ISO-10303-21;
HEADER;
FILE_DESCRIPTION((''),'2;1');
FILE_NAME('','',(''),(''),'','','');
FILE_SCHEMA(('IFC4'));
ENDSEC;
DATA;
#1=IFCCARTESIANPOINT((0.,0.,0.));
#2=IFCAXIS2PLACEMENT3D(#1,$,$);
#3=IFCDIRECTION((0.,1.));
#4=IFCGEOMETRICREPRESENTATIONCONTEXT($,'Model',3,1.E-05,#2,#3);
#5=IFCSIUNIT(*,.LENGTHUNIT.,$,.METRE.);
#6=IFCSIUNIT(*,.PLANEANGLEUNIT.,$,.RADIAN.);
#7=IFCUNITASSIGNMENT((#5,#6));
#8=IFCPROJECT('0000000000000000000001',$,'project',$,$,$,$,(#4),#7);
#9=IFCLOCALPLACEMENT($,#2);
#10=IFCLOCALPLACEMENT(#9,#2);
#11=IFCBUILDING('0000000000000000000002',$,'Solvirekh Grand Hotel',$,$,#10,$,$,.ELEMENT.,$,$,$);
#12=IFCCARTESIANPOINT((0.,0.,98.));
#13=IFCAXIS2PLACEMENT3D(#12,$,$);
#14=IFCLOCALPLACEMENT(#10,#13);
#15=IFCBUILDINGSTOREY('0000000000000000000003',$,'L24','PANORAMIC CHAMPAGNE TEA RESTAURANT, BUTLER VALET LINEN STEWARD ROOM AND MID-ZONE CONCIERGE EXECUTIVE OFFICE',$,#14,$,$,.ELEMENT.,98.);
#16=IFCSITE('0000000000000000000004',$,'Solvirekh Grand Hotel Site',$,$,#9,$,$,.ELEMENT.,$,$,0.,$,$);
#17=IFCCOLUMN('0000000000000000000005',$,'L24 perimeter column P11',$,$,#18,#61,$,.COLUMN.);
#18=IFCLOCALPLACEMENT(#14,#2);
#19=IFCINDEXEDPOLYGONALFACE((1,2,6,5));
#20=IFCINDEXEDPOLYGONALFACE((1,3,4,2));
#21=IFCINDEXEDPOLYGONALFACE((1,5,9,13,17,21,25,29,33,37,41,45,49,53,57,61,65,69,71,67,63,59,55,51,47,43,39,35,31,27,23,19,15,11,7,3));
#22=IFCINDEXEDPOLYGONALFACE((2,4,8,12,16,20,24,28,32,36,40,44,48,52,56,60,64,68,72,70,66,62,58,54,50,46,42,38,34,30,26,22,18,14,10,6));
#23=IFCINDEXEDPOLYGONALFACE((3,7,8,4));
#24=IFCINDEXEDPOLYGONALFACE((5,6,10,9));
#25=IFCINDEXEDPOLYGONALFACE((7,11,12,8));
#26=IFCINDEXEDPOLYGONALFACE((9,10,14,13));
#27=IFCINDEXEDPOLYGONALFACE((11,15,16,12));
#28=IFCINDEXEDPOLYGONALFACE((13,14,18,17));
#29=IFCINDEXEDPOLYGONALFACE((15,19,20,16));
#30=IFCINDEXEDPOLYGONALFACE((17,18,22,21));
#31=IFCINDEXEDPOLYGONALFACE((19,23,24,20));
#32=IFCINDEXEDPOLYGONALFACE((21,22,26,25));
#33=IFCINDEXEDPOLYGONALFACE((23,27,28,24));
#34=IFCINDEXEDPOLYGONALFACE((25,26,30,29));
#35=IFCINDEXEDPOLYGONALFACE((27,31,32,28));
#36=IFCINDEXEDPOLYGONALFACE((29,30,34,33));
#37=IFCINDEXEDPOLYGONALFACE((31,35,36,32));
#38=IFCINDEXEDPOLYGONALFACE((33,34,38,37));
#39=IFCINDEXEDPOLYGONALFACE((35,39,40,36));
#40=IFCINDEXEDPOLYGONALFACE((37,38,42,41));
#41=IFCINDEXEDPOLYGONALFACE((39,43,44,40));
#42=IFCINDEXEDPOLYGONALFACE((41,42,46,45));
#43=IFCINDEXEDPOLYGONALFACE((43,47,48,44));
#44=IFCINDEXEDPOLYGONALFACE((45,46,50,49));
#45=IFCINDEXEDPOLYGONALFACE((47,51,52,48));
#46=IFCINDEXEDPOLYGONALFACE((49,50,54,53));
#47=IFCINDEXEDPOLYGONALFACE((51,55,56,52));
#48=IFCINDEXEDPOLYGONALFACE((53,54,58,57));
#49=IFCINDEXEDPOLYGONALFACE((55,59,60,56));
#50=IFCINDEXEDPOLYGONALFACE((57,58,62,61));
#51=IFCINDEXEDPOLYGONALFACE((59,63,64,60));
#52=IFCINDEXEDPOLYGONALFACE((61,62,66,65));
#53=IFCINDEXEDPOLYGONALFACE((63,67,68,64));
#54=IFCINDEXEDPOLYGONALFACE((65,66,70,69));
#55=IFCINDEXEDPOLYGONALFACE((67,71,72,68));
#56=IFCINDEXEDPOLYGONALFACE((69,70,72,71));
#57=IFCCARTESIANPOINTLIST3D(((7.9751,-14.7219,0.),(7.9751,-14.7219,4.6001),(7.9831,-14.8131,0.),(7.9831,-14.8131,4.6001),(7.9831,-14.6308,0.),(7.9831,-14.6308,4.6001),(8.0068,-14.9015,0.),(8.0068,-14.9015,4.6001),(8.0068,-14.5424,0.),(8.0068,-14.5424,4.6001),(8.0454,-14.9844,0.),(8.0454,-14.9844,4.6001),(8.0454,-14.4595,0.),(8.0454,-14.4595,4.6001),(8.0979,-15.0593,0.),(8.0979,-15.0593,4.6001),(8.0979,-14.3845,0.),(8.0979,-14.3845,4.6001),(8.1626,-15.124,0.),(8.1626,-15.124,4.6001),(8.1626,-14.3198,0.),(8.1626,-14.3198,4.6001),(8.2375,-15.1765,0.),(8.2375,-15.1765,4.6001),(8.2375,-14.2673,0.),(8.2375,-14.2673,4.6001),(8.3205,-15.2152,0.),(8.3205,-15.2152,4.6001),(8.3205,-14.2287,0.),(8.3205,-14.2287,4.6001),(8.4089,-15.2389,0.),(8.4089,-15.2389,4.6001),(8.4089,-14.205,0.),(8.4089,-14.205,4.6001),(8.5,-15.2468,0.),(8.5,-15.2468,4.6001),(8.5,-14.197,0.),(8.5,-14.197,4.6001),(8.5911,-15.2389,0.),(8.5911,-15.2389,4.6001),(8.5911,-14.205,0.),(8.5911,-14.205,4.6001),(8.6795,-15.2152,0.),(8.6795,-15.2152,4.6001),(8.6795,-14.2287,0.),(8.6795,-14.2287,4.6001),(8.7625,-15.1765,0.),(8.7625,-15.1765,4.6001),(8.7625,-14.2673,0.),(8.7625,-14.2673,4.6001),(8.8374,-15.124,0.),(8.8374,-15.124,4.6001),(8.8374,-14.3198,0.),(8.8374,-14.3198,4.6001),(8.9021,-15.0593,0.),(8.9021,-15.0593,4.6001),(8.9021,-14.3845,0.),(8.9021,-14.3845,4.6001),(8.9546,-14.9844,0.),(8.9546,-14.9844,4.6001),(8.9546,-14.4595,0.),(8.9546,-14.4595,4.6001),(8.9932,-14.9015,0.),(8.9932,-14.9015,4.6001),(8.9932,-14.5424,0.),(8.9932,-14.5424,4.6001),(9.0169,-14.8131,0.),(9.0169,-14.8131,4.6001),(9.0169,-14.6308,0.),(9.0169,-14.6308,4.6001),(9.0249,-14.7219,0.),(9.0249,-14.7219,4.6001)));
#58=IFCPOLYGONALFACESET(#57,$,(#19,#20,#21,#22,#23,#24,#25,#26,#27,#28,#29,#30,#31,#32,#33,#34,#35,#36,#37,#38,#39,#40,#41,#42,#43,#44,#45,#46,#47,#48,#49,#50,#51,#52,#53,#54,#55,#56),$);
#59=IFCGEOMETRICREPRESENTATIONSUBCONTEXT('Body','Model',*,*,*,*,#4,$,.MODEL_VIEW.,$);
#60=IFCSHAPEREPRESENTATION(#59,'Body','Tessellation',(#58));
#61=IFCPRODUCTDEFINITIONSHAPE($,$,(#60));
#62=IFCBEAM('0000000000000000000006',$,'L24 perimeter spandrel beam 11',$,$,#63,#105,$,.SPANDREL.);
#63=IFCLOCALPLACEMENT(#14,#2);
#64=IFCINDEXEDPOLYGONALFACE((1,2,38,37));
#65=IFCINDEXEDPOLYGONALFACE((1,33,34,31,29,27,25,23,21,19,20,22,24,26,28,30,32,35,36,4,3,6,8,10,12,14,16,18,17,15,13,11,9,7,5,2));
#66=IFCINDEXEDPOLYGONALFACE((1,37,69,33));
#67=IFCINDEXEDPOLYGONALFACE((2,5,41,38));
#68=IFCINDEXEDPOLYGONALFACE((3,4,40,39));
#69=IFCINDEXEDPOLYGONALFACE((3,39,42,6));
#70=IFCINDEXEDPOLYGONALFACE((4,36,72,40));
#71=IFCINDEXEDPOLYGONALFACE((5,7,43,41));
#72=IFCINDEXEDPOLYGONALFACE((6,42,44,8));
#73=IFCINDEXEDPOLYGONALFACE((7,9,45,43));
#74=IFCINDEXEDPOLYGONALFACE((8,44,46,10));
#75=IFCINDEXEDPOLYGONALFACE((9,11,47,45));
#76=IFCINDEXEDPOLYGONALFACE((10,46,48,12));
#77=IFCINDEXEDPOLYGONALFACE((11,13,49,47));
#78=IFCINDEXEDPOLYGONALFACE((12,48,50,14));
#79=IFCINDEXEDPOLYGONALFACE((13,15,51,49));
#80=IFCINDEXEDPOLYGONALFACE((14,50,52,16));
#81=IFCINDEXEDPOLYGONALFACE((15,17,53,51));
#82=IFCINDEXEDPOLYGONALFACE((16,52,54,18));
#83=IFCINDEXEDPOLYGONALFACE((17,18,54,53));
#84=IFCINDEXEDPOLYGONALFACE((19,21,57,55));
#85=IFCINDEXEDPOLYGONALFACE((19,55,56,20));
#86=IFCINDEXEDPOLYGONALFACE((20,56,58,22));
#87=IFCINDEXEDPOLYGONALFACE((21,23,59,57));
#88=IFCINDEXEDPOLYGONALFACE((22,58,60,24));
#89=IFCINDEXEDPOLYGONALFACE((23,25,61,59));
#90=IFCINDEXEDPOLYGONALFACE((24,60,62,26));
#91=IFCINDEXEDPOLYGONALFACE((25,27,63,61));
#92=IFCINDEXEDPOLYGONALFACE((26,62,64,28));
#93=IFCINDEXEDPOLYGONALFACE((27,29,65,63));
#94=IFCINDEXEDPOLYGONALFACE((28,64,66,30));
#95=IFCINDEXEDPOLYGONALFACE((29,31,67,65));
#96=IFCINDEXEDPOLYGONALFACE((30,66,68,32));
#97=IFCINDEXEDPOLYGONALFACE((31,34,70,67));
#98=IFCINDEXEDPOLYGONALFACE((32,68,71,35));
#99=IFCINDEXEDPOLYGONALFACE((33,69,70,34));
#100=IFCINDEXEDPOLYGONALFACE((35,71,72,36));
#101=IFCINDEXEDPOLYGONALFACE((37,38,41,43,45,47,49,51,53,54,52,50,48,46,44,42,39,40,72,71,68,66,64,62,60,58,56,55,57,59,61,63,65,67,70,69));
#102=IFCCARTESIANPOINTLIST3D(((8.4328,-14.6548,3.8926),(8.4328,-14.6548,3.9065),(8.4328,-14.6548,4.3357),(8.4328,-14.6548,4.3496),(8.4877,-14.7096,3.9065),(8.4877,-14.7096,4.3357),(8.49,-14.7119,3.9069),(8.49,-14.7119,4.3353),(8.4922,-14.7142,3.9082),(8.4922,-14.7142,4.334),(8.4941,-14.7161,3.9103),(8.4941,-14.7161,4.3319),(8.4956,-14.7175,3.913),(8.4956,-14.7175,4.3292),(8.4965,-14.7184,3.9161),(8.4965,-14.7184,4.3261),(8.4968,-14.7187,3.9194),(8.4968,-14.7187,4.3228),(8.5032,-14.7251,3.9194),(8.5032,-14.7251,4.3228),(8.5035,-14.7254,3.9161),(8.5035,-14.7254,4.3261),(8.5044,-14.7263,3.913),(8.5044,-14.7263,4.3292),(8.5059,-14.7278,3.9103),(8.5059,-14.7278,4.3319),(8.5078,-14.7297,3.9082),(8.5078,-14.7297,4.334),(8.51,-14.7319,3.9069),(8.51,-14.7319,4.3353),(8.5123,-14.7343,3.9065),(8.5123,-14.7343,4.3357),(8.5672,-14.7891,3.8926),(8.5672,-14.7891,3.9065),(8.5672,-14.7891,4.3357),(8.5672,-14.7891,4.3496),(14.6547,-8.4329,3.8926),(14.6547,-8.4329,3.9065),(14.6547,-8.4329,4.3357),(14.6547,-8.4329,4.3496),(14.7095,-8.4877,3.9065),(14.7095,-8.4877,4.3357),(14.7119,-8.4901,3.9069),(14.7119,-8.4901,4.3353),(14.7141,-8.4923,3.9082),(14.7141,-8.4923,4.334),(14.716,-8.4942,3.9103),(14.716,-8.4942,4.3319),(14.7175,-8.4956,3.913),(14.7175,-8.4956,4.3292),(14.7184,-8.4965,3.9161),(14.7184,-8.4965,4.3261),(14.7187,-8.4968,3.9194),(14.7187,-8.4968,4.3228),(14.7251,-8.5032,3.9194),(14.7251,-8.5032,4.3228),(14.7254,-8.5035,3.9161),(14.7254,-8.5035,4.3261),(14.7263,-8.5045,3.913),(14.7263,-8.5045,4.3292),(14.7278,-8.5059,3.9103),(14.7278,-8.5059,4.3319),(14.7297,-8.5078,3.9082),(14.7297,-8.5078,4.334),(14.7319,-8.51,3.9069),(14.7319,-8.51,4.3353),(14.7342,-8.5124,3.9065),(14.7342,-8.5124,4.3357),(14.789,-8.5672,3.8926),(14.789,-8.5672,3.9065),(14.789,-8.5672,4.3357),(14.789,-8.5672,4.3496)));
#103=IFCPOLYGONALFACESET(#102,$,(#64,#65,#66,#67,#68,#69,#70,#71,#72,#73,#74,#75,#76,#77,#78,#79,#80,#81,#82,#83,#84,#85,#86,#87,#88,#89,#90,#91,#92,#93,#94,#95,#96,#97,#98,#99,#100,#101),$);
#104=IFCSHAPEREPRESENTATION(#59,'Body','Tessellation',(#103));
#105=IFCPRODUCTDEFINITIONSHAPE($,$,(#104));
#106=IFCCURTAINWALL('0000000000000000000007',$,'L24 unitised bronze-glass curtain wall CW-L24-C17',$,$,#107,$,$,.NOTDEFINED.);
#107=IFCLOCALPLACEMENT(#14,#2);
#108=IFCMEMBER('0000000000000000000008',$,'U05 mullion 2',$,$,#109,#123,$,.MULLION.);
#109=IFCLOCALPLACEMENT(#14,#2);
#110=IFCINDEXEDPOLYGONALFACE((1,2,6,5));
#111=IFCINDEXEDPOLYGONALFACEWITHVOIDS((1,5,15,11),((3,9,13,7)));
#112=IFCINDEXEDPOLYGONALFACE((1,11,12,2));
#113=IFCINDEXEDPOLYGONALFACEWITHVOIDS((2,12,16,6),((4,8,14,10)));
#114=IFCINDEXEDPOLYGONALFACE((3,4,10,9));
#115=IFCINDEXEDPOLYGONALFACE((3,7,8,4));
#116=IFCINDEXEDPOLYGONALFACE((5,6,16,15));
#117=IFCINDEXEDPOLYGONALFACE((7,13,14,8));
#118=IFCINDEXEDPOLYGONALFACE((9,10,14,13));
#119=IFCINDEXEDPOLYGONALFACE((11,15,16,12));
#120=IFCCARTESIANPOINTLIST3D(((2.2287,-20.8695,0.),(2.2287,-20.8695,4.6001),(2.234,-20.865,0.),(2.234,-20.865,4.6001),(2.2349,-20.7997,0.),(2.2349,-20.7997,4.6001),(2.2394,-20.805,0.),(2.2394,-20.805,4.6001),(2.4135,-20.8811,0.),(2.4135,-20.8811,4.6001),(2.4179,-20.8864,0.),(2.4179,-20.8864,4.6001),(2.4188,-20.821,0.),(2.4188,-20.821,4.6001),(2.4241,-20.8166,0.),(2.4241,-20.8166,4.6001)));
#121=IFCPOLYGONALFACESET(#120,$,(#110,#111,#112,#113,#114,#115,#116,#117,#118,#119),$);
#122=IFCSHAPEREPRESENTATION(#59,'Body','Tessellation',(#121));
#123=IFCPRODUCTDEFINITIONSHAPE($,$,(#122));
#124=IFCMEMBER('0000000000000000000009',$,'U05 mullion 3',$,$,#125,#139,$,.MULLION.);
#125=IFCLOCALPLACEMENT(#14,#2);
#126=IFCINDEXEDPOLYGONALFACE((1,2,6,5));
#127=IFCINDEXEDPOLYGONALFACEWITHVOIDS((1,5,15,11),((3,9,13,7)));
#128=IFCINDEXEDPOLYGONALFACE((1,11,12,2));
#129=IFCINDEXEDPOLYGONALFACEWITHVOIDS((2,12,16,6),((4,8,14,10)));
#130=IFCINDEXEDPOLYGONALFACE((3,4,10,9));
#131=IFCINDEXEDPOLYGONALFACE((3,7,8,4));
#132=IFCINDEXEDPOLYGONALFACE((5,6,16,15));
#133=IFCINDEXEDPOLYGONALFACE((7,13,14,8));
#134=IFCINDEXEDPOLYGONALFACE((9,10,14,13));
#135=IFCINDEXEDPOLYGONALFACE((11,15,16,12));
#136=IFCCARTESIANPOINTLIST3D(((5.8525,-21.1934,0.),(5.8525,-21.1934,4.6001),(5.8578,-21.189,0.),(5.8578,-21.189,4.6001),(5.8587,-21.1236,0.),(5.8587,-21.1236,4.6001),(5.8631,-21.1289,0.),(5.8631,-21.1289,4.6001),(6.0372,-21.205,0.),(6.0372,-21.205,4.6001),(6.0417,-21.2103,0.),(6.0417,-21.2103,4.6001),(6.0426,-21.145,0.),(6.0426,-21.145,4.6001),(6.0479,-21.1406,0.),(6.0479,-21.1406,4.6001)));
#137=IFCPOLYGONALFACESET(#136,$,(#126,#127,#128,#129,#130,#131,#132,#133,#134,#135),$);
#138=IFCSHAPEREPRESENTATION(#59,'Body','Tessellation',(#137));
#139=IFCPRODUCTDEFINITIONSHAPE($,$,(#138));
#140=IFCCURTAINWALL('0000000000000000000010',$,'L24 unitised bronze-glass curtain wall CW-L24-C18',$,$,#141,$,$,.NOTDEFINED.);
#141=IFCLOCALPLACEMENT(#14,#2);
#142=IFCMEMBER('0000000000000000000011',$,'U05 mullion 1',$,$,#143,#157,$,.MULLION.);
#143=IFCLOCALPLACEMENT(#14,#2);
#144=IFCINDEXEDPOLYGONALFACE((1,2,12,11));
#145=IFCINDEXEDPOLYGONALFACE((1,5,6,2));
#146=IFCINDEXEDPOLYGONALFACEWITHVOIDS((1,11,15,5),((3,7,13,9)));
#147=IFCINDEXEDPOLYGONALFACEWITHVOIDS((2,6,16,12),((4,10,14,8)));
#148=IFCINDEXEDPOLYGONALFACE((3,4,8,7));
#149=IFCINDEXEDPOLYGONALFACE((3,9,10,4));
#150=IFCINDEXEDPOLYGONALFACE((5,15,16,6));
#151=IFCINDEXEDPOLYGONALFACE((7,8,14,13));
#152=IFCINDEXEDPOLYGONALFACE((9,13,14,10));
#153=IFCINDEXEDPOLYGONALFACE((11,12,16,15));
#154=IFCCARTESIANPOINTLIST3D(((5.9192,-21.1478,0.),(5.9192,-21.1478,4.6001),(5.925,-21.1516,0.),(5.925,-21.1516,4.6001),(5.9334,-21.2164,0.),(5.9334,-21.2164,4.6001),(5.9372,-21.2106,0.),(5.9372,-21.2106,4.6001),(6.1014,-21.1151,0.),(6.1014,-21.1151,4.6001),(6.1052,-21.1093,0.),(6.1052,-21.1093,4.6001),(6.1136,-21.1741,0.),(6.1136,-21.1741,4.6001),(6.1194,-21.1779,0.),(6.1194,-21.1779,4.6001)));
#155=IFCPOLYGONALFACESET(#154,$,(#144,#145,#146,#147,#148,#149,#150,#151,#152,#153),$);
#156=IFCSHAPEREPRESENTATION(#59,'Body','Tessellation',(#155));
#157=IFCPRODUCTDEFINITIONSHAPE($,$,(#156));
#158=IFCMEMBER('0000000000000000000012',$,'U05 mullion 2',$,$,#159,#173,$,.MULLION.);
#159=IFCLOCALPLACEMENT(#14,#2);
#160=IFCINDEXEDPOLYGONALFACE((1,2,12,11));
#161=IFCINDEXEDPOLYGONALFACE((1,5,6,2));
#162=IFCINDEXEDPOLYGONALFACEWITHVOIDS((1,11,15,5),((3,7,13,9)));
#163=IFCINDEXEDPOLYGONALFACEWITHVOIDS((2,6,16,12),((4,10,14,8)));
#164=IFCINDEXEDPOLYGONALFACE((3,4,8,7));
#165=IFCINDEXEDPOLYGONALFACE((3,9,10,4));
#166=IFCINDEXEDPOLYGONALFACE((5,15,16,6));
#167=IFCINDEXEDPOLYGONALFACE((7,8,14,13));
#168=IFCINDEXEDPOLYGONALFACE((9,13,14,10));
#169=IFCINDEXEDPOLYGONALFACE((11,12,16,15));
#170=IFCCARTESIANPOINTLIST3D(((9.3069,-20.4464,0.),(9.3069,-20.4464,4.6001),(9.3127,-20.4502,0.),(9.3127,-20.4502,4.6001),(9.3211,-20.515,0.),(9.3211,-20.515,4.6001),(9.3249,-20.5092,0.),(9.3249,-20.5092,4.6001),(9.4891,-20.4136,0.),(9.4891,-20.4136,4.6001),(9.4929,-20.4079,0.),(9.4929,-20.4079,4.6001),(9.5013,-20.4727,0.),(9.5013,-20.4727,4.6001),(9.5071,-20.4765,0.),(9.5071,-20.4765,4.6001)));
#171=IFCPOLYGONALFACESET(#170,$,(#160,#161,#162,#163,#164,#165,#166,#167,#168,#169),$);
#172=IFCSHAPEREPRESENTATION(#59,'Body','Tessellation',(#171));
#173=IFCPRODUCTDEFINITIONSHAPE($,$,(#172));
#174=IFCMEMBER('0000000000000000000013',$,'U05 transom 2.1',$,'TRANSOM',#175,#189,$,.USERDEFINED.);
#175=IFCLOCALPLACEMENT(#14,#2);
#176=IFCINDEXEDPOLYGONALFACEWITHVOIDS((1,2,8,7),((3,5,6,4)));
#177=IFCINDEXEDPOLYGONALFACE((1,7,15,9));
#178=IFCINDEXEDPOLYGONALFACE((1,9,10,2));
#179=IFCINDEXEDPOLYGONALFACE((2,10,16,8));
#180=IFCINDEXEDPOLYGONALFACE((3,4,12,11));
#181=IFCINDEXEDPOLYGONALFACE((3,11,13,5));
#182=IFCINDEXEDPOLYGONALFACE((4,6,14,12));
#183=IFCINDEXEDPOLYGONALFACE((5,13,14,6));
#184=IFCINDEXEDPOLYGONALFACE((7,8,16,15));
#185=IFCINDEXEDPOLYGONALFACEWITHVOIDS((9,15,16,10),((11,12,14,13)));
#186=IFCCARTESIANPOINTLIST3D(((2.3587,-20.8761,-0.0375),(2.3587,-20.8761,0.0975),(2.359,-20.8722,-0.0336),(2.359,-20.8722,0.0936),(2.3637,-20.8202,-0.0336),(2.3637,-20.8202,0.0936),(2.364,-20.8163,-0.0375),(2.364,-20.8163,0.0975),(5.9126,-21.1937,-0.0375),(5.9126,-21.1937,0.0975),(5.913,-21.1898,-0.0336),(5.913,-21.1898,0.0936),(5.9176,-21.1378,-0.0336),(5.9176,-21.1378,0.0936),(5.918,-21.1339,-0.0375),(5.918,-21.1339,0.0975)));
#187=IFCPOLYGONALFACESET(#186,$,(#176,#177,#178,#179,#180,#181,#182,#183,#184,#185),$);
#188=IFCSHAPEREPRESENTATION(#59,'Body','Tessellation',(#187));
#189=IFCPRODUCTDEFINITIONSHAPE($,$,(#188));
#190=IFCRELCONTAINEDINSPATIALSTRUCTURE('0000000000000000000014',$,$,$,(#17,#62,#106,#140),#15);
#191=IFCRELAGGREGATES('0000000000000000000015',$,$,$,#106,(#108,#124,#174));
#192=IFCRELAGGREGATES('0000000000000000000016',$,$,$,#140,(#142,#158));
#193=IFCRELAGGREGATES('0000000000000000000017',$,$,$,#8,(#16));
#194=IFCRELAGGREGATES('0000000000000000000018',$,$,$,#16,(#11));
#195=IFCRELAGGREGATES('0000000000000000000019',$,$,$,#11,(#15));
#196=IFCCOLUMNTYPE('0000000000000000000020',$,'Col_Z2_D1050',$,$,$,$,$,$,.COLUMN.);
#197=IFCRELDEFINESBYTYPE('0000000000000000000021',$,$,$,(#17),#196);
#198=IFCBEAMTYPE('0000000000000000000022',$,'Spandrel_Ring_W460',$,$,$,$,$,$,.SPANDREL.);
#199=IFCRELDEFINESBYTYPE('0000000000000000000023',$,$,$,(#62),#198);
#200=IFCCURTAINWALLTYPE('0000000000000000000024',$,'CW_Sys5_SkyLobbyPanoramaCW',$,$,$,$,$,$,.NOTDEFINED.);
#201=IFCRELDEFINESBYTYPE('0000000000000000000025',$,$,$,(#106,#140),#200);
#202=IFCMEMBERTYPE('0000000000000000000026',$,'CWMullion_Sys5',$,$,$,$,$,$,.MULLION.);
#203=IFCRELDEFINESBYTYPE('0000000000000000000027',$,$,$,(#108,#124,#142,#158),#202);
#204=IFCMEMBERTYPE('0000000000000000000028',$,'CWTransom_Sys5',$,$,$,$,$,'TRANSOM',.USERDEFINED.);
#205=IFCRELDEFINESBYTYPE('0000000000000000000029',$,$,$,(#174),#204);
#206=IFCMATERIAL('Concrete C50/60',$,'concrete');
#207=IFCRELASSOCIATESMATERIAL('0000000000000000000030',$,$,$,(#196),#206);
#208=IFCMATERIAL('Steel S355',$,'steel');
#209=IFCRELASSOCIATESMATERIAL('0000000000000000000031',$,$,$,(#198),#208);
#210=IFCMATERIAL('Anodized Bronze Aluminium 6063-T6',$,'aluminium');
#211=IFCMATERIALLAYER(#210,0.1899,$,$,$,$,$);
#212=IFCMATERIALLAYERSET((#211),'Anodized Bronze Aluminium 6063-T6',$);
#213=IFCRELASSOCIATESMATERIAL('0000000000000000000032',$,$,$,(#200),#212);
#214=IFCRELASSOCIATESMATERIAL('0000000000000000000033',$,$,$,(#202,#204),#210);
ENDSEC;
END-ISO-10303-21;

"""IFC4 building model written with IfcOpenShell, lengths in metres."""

from ifc_helpers import new_model, si_unit, direction, frame, origin, origin_2d, place, context, subcontext, project, spatial, hollow_rectangle, circle, i_section, extrude, source, transform, mapped, material, layer, layer_set, material_profile, profile_set, type_object, element, aggregate, save


model = new_model("IFC4")

# Units and contexts
model_context = context("Model", 3, precision=1e-05, world=origin(), true_north=direction((0.0, 1.0)))
body_context = subcontext(model_context, "Body", "Model", "MODEL_VIEW")
ifc_project = project(units=[si_unit("LENGTHUNIT", "METRE"), si_unit("PLANEANGLEUNIT", "RADIAN")], contexts=[model_context])

# Site, building, storey
site_placement = place(None, origin())
site = spatial("IfcSite", under=ifc_project, at=site_placement, Name="Solvirekh Grand Hotel Site", CompositionType="ELEMENT", RefElevation=0.0)
building_placement = place(site_placement, origin())
building = spatial("IfcBuilding", under=site, at=building_placement, Name="Solvirekh Grand Hotel", CompositionType="ELEMENT")
storey_placement = place(building_placement, frame((0.0, 0.0, 98.0)))
storey = spatial("IfcBuildingStorey", under=building, at=storey_placement, Name="L24", Description="PANORAMIC CHAMPAGNE TEA RESTAURANT, BUTLER VALET LINEN STEWARD ROOM AND MID-ZONE CONCIERGE EXECUTIVE OFFICE", CompositionType="ELEMENT", Elevation=98.0)

# Column
ifc_material_1 = material(Name="Concrete C50/60", Category="concrete")
ifc_material_profile_1 = material_profile(ifc_material_1, circle(Radius=0.5249, at=origin_2d()), Name="RC CIRC D1050")
ifc_profile_set_1 = profile_set([ifc_material_profile_1], Name="Concrete C50/60")
column_type = type_object("IfcColumnType", Name="Col_Z2_D1050", PredefinedType="COLUMN", material=ifc_profile_set_1)
column_placement = place(storey_placement, frame((8.5, -14.7219, 0.0), z_axis=(0.0, 0.0, 1.0), x_axis=(1.0, 0.0, 0.0)))
element("IfcColumn", 1, at=column_placement, inside=storey, type_object=column_type, Name="L24 perimeter column P11", PredefinedType="COLUMN", context=body_context, shape_type="SweptSolid", body=[
    extrude(circle(Radius=0.5249, at=origin_2d()), origin(), (0.0, 0.0, 1.0), 4.6001),
])

# Beam
ifc_material_2 = material(Name="Steel S355", Category="steel")
ifc_material_profile_2 = material_profile(ifc_material_2, i_section(OverallWidth=0.1899, OverallDepth=0.457, WebThickness=0.009, FlangeThickness=0.0139, FilletRadius=0.0129, at=origin_2d()), Name="W460X74")
ifc_profile_set_2 = profile_set([ifc_material_profile_2], Name="Steel S355")
beam_type = type_object("IfcBeamType", Name="Spandrel_Ring_W460", PredefinedType="SPANDREL", material=ifc_profile_set_2)
beam_placement = place(storey_placement, frame((8.5, -14.7219, 4.1211), z_axis=(0.707107, 0.707107, 0.0), x_axis=(-0.707107, 0.707107, 0.0)))
element("IfcBeam", 2, at=beam_placement, inside=storey, type_object=beam_type, Name="L24 perimeter spandrel beam 11", PredefinedType="SPANDREL", context=body_context, shape_type="SweptSolid", body=[
    extrude(i_section(OverallWidth=0.1899, OverallDepth=0.457, WebThickness=0.009, FlangeThickness=0.0139, FilletRadius=0.0129, at=origin_2d()), origin(), (0.0, 0.0, 1.0), 8.7991),
])

# Curtain walls, members
ifc_material_3 = material(Name="Anodized Bronze Aluminium 6063-T6", Category="aluminium")
ifc_layer_1 = layer(ifc_material_3, 0.1899)
ifc_layer_set_1 = layer_set([ifc_layer_1], Name="Anodized Bronze Aluminium 6063-T6")
curtain_wall_type = type_object("IfcCurtainWallType", Name="CW_Sys5_SkyLobbyPanoramaCW", PredefinedType="NOTDEFINED", material=ifc_layer_set_1)
curtain_wall_1_placement = place(storey_placement, origin())
curtain_wall_1 = element("IfcCurtainWall", 3, at=curtain_wall_1_placement, inside=storey, type_object=curtain_wall_type, Name="L24 unitised bronze-glass curtain wall CW-L24-C17", PredefinedType="NOTDEFINED")
ifc_material_profile_3 = material_profile(ifc_material_3, hollow_rectangle(XDim=0.0701, YDim=0.1899, WallThickness=0.0049, at=origin_2d()), Name="ALU RHS 190X70X5")
ifc_profile_set_3 = profile_set([ifc_material_profile_3], Name="Anodized Bronze Aluminium 6063-T6")
member_type_1 = type_object("IfcMemberType", Name="CWMullion_Sys5", PredefinedType="MULLION", material=ifc_profile_set_3)
shared_shape_1 = source(origin(), body_context, "Body", "SweptSolid", [
    extrude(hollow_rectangle(XDim=0.0701, YDim=0.1899, WallThickness=0.0049, at=origin_2d()), origin(), (0.0, 0.0, 1.0), 4.6001),
])
member_1_placement = place(storey_placement, frame((2.3264, -20.843, 0.0), z_axis=(0.0, 0.0, 1.0), x_axis=(0.089026, 0.996029, 0.0)))
member_1 = element("IfcMember", 4, at=member_1_placement, type_object=member_type_1, Name="U05 mullion 2", PredefinedType="MULLION", context=body_context, shape_type="MappedRepresentation", body=[
    mapped(shared_shape_1, transform((0.0, 0.0, 0.0), x_axis=(1.0, 0.0, 0.0), y_axis=(0.0, 1.0, 0.0), z_axis=(0.0, 0.0, 1.0), scale=1.0)),
])
member_2_placement = place(storey_placement, frame((5.9502, -21.167, 0.0), z_axis=(0.0, 0.0, 1.0), x_axis=(0.089026, 0.996029, 0.0)))
member_2 = element("IfcMember", 5, at=member_2_placement, type_object=member_type_1, Name="U05 mullion 3", PredefinedType="MULLION", context=body_context, shape_type="MappedRepresentation", body=[
    mapped(shared_shape_1, transform((0.0, 0.0, 0.0), x_axis=(1.0, 0.0, 0.0), y_axis=(0.0, 1.0, 0.0), z_axis=(0.0, 0.0, 1.0), scale=1.0)),
])
curtain_wall_2_placement = place(storey_placement, origin())
curtain_wall_2 = element("IfcCurtainWall", 6, at=curtain_wall_2_placement, inside=storey, type_object=curtain_wall_type, Name="L24 unitised bronze-glass curtain wall CW-L24-C18", PredefinedType="NOTDEFINED")
member_3_placement = place(storey_placement, frame((6.0193, -21.1628, 0.0), z_axis=(0.0, 0.0, 1.0), x_axis=(-0.202743, 0.979232, 0.0)))
member_3 = element("IfcMember", 7, at=member_3_placement, type_object=member_type_1, Name="U05 mullion 1", PredefinedType="MULLION", context=body_context, shape_type="MappedRepresentation", body=[
    mapped(shared_shape_1, transform((0.0, 0.0, 0.0), x_axis=(1.0, 0.0, 0.0), y_axis=(0.0, 1.0, 0.0), z_axis=(0.0, 0.0, 1.0), scale=1.0)),
])
member_4_placement = place(storey_placement, frame((9.407, -20.4614, 0.0), z_axis=(0.0, 0.0, 1.0), x_axis=(-0.202743, 0.979232, 0.0)))
member_4 = element("IfcMember", 8, at=member_4_placement, type_object=member_type_1, Name="U05 mullion 2", PredefinedType="MULLION", context=body_context, shape_type="MappedRepresentation", body=[
    mapped(shared_shape_1, transform((0.0, 0.0, 0.0), x_axis=(1.0, 0.0, 0.0), y_axis=(0.0, 1.0, 0.0), z_axis=(0.0, 0.0, 1.0), scale=1.0)),
])

# Member
ifc_material_profile_4 = material_profile(ifc_material_3, hollow_rectangle(XDim=0.0601, YDim=0.135, WallThickness=0.0039, at=origin_2d()), Name="ALU RHS 135X60X4")
ifc_profile_set_4 = profile_set([ifc_material_profile_4], Name="Anodized Bronze Aluminium 6063-T6")
member_type_2 = type_object("IfcMemberType", Name="CWTransom_Sys5", ElementType="TRANSOM", PredefinedType="USERDEFINED", material=ifc_profile_set_4)
shared_shape_2 = source(origin(), body_context, "Body", "SweptSolid", [
    extrude(hollow_rectangle(XDim=0.0601, YDim=0.135, WallThickness=0.0039, at=origin_2d()), origin(), (0.0, 0.0, 1.0), 3.5681),
])
member_5_placement = place(storey_placement, frame((2.3613, -20.8462, 0.03), z_axis=(0.99603, -0.089018, 0.0), x_axis=(0.089018, 0.99603, 0.0)))
member_5 = element("IfcMember", 9, at=member_5_placement, type_object=member_type_2, Name="U05 transom 2.1", ObjectType="TRANSOM", PredefinedType="USERDEFINED", context=body_context, shape_type="MappedRepresentation", body=[
    mapped(shared_shape_2, transform((0.0, 0.0, 0.0), x_axis=(1.0, 0.0, 0.0), y_axis=(0.0, 1.0, 0.0), z_axis=(0.0, 0.0, 1.0), scale=1.0)),
])

aggregate(curtain_wall_1, [member_1, member_2, member_5])
aggregate(curtain_wall_2, [member_3, member_4])

save(model, "model.ifc")
